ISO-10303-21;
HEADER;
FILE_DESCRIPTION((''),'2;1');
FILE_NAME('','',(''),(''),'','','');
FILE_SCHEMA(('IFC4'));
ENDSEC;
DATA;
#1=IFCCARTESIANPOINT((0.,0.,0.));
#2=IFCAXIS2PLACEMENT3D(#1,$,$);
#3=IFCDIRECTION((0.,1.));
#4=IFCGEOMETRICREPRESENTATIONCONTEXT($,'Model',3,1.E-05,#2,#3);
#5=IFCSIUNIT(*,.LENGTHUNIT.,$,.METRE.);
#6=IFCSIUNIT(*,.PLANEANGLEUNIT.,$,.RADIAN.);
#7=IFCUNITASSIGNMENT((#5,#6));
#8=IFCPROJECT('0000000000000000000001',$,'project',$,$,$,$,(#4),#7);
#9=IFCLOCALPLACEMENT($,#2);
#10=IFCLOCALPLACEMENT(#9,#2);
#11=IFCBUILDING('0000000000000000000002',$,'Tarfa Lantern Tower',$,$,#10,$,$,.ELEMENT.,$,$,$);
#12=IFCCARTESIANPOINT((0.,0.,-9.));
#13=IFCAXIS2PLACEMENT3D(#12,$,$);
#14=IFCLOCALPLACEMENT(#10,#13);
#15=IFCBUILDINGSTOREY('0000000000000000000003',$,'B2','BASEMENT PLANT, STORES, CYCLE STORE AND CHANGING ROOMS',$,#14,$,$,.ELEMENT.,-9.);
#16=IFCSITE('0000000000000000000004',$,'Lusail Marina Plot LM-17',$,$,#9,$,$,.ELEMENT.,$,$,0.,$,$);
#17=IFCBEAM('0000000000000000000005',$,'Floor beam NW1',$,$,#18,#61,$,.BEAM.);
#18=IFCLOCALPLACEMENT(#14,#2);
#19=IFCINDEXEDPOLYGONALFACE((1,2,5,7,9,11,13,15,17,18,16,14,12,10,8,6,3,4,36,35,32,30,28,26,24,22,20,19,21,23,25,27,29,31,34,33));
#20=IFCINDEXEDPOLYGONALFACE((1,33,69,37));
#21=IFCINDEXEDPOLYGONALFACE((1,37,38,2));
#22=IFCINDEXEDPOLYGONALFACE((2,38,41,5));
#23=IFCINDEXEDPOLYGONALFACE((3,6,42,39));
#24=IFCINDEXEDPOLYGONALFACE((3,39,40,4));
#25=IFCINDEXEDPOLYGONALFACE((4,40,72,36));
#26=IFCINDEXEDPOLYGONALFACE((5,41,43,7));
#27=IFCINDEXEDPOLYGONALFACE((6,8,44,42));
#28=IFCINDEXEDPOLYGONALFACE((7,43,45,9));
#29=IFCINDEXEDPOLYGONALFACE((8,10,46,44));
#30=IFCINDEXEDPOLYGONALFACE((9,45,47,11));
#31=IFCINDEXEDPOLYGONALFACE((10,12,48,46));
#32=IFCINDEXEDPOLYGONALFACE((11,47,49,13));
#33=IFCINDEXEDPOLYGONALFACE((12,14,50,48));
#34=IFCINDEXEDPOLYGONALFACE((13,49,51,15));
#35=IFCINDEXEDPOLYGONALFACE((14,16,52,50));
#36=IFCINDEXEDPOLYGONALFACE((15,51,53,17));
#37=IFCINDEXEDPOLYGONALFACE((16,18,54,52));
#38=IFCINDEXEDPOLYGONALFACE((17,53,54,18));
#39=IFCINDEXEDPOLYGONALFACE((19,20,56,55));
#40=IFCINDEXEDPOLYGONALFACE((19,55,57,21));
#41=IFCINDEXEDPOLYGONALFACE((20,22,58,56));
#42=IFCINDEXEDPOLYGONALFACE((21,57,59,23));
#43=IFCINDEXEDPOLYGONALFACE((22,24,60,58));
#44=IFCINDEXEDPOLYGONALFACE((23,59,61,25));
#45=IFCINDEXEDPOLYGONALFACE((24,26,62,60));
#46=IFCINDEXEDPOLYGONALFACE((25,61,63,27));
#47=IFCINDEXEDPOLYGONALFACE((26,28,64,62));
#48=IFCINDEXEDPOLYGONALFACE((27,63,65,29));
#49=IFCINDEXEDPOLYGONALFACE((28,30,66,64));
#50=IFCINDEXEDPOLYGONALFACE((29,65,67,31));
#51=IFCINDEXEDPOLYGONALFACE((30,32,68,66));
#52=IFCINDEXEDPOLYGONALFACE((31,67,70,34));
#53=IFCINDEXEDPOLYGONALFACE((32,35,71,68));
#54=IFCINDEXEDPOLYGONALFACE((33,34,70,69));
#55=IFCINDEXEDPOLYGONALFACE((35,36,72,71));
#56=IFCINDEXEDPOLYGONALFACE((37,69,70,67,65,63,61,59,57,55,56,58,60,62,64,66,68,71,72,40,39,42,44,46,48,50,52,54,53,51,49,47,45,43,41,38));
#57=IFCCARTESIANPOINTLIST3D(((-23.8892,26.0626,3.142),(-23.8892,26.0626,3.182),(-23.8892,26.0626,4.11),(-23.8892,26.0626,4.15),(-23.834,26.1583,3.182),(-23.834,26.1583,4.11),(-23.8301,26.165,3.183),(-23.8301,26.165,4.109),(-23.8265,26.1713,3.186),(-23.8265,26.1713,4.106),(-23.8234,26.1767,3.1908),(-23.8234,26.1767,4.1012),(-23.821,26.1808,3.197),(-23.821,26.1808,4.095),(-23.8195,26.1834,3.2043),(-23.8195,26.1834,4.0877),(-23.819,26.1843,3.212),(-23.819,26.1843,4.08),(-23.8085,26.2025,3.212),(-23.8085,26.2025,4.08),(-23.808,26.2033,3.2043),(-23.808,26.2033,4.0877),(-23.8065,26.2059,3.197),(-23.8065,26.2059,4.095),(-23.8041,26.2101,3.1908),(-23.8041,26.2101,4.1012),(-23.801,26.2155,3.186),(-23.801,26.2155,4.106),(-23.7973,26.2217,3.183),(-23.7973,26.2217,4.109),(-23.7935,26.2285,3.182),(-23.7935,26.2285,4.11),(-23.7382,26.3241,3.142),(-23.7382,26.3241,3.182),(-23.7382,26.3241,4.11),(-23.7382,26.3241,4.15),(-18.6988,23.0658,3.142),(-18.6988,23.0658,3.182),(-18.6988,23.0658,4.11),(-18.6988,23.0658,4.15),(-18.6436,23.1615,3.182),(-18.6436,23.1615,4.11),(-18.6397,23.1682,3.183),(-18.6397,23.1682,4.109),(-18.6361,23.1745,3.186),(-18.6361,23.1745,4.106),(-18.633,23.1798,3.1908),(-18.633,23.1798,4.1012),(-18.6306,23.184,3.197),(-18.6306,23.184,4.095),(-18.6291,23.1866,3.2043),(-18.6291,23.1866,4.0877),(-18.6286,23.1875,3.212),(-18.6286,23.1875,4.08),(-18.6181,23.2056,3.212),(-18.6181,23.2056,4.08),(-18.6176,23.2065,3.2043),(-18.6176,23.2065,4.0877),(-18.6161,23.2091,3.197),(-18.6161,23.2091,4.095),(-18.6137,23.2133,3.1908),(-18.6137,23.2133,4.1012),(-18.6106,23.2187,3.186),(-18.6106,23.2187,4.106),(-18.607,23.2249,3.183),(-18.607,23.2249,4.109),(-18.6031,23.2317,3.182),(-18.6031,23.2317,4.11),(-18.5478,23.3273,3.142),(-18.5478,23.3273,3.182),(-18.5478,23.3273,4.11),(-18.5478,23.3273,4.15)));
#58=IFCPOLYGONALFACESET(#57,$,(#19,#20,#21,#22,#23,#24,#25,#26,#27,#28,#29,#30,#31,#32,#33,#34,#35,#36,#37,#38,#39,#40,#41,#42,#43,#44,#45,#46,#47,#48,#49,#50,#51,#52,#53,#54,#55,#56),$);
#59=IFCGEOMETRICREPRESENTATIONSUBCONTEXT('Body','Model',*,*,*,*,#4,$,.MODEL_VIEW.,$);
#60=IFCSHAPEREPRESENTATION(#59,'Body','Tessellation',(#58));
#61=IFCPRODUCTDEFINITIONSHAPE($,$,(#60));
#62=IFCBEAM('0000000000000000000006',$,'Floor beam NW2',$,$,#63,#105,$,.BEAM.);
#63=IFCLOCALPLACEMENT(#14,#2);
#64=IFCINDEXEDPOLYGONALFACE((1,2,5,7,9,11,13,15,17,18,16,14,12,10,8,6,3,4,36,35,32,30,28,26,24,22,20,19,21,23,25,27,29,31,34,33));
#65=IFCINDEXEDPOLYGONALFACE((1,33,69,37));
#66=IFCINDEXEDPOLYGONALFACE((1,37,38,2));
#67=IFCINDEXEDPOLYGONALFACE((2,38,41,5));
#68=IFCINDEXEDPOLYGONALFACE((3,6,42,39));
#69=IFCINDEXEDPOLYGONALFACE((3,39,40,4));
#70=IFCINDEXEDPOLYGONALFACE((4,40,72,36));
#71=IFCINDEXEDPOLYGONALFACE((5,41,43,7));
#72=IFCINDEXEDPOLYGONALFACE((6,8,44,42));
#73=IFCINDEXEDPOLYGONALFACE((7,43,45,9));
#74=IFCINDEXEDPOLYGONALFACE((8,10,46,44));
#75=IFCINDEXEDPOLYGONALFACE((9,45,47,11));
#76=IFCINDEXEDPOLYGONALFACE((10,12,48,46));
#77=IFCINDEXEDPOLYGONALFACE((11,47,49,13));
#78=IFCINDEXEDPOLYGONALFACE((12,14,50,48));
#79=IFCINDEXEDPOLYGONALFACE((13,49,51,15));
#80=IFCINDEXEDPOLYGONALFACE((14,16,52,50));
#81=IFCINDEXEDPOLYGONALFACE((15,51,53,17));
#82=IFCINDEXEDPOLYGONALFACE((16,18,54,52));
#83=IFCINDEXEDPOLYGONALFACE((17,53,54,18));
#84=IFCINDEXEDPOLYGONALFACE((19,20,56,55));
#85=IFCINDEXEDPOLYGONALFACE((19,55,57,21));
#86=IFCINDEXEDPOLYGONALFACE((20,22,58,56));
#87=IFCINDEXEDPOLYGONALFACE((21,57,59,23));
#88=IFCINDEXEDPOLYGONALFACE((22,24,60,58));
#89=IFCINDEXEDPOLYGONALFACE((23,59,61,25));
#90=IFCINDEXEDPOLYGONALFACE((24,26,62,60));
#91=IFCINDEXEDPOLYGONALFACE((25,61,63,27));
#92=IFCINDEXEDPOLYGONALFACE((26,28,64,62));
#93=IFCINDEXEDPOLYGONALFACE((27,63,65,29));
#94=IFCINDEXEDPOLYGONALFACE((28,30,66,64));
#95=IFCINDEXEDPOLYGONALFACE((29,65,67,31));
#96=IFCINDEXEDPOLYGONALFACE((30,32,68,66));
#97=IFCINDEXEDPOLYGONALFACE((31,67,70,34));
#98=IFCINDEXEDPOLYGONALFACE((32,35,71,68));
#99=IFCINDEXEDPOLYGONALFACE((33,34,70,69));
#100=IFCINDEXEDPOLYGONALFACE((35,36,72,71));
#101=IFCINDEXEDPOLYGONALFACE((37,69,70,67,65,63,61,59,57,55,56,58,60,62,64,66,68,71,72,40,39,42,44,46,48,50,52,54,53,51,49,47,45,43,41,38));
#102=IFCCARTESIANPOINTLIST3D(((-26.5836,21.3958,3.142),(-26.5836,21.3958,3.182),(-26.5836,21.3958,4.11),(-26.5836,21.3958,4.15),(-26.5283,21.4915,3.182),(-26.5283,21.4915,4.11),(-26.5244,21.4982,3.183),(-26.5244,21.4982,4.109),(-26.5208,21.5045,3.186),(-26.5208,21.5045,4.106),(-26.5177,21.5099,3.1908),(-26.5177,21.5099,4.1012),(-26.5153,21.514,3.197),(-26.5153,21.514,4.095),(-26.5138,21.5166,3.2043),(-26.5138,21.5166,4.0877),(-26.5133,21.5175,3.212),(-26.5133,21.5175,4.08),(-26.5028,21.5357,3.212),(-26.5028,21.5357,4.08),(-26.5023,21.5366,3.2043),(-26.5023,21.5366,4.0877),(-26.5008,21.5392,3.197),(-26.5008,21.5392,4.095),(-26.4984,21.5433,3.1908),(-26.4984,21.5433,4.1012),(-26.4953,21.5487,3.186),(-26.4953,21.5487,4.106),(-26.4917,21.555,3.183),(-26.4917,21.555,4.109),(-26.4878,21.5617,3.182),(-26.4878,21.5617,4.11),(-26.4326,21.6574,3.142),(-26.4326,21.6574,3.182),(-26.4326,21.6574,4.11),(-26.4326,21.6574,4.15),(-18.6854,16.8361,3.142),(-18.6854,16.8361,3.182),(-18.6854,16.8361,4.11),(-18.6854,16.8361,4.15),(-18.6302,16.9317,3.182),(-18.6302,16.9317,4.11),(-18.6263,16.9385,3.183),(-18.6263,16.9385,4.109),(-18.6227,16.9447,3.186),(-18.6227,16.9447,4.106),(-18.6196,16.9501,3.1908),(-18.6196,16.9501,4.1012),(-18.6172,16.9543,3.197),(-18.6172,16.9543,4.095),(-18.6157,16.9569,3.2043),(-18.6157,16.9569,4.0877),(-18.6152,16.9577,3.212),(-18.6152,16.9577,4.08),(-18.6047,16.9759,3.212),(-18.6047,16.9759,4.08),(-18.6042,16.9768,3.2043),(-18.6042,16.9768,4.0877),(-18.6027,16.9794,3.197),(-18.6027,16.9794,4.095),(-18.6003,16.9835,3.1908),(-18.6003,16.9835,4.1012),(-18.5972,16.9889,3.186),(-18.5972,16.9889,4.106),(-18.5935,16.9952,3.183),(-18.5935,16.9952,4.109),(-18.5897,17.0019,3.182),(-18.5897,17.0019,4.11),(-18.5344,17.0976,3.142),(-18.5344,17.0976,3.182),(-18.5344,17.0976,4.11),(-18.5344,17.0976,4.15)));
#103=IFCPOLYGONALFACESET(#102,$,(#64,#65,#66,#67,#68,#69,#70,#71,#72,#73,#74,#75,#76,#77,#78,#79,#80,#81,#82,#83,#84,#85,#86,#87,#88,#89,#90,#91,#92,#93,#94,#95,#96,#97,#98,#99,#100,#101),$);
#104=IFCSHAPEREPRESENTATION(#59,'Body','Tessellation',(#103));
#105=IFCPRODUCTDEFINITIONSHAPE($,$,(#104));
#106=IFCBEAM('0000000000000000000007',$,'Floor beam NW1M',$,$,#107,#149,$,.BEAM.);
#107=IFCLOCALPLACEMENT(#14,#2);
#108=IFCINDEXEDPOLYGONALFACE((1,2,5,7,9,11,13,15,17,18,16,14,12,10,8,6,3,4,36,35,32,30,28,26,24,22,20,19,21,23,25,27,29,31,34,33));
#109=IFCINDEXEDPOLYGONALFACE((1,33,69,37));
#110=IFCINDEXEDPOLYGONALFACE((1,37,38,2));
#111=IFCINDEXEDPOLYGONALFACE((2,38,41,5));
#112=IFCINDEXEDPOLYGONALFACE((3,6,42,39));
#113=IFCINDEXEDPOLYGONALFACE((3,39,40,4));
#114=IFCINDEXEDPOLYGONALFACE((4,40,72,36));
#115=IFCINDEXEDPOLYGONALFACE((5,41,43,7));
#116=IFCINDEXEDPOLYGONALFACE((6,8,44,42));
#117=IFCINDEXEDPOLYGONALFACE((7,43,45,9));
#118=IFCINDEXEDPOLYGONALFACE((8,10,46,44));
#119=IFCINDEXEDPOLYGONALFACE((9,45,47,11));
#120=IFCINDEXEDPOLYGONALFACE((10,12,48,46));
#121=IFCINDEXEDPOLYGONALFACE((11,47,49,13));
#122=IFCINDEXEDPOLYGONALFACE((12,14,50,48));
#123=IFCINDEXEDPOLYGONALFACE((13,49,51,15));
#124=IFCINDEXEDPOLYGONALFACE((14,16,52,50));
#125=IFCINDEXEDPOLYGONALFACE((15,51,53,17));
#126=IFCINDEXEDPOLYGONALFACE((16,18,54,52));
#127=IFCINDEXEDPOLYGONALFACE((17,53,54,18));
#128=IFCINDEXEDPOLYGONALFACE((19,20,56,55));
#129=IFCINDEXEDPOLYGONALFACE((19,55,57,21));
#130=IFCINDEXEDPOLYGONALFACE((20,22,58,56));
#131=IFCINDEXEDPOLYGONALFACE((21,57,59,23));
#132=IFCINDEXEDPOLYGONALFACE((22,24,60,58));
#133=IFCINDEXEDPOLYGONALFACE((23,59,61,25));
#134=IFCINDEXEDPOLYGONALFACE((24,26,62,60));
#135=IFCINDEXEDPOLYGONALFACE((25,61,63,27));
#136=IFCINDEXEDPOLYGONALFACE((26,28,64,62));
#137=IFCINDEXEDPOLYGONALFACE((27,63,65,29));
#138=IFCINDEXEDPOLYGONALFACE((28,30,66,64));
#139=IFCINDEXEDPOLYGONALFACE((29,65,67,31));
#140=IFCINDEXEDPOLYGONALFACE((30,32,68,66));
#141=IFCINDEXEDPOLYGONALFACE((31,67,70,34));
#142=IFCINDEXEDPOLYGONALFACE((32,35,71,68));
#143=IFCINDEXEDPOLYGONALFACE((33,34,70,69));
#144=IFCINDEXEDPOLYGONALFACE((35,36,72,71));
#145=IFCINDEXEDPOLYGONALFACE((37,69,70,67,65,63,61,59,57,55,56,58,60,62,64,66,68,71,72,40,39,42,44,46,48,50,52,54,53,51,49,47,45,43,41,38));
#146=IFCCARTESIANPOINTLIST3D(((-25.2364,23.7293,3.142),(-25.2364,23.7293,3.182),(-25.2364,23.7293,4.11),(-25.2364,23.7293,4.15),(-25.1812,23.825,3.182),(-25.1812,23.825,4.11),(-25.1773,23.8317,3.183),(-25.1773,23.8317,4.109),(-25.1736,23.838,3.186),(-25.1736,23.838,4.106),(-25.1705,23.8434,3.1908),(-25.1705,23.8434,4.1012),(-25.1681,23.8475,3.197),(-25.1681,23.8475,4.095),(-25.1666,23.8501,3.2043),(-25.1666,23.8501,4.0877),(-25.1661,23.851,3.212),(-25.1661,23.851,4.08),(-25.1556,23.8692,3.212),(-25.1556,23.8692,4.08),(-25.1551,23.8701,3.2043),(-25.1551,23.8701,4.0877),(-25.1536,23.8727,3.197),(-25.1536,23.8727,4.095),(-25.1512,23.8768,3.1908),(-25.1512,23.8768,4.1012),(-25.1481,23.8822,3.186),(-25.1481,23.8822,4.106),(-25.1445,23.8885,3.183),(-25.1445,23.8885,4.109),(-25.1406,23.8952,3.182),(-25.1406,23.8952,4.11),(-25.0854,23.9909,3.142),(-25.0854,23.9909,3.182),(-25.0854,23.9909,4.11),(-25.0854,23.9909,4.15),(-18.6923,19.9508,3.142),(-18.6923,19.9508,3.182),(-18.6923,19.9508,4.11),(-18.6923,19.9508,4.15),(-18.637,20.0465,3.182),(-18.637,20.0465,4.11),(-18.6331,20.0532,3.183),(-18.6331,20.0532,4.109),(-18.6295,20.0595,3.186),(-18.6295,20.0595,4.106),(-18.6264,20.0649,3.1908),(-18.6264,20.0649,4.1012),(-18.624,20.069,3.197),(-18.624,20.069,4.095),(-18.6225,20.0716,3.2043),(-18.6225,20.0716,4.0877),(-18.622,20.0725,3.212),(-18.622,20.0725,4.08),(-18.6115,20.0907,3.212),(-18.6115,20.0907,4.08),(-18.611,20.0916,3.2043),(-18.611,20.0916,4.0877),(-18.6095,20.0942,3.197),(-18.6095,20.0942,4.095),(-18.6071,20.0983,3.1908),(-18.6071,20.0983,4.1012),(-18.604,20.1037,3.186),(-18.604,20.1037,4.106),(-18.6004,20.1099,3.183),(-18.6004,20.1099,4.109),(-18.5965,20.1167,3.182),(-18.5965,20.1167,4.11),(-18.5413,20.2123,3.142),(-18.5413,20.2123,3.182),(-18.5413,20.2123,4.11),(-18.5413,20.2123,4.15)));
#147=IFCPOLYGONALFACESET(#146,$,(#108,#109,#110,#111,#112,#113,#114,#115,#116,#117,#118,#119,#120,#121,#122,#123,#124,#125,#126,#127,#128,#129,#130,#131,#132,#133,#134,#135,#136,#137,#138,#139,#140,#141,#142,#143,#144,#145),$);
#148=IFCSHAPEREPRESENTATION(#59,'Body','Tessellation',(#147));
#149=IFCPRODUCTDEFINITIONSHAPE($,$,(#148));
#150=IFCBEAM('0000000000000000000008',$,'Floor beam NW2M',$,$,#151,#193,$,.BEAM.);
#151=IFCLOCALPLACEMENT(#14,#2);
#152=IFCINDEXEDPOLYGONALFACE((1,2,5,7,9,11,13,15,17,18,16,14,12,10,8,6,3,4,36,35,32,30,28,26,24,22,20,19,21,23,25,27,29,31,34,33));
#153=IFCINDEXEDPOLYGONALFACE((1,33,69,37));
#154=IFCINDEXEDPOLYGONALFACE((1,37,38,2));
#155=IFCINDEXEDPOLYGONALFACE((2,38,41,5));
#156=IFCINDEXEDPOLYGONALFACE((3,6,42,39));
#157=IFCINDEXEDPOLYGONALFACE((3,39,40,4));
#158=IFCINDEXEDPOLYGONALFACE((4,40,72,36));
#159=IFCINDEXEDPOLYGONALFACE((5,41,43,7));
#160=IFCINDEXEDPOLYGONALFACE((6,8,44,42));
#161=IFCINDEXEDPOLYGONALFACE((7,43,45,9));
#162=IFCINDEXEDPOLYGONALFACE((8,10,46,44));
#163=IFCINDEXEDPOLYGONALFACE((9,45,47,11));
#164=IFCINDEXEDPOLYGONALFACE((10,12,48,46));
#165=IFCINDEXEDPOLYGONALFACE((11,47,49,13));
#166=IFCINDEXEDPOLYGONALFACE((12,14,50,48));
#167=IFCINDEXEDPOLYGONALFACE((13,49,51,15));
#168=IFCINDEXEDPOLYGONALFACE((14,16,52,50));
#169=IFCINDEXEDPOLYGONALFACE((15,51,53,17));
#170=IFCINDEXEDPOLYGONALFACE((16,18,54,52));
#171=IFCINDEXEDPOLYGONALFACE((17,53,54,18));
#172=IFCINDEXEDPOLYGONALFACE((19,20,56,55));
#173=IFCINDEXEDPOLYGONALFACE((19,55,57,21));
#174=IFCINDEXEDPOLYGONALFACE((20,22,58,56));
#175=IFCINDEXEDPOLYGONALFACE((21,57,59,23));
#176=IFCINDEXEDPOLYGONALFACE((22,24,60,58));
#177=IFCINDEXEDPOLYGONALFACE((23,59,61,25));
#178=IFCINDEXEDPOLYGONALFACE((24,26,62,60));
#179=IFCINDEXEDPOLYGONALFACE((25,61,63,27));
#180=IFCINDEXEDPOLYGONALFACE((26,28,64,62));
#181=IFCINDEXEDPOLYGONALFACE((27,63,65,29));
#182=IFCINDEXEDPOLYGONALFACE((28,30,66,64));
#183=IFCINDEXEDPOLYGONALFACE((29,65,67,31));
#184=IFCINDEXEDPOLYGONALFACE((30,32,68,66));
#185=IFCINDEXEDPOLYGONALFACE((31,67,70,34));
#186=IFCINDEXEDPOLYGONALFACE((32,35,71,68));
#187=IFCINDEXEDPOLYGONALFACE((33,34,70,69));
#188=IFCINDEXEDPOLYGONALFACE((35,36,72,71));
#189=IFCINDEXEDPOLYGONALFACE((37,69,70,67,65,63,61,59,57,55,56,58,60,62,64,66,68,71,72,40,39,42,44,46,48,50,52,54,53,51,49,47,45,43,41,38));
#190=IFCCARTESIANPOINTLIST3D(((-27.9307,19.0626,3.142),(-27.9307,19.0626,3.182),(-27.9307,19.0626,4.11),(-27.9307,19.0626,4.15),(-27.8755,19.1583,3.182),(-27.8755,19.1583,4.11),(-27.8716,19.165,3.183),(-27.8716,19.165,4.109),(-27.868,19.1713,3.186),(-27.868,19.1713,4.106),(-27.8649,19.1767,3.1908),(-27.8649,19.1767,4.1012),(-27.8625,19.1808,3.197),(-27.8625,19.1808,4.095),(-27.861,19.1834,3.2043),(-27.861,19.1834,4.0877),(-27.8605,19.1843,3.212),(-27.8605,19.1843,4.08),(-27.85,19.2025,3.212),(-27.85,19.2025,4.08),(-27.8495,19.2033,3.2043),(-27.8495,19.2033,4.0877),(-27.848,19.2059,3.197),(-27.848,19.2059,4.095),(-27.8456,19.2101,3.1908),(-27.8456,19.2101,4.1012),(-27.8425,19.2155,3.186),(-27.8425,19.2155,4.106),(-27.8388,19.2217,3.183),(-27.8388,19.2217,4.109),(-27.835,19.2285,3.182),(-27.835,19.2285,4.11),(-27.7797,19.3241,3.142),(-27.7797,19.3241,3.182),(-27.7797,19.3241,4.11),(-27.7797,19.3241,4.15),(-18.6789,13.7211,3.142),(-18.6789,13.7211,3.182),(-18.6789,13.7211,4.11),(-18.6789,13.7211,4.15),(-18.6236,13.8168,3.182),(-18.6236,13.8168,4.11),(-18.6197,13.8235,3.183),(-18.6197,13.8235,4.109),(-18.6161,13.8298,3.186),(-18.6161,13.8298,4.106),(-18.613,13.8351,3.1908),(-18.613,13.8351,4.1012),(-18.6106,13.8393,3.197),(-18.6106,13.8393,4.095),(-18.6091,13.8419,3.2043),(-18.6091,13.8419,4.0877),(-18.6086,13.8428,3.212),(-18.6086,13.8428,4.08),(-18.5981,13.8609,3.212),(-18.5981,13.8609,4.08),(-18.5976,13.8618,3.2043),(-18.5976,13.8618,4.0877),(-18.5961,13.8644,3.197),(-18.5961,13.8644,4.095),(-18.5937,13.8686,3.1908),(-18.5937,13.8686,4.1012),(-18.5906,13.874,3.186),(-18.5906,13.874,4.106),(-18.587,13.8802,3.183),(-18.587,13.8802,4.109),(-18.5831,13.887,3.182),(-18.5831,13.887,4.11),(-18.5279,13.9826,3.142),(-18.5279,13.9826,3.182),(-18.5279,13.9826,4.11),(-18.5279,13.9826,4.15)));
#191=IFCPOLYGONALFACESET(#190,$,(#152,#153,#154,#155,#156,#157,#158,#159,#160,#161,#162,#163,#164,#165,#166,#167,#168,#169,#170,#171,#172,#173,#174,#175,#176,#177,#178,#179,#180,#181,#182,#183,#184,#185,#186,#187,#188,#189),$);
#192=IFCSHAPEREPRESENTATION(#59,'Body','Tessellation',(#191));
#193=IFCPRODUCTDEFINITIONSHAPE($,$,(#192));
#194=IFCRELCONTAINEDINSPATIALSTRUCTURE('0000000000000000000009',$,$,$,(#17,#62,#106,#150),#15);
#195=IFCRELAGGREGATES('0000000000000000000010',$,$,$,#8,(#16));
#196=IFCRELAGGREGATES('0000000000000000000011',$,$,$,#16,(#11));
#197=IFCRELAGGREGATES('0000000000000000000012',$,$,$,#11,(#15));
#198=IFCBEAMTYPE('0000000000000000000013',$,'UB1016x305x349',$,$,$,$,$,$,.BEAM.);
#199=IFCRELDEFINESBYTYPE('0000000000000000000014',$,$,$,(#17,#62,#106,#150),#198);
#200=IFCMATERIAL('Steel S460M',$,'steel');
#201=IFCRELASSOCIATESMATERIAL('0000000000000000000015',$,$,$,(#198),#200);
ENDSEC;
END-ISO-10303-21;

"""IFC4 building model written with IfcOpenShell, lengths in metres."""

from ifc_helpers import new_model, si_unit, direction, frame, origin, origin_2d, place, context, subcontext, project, spatial, i_section, extrude, material, material_profile, profile_set, type_object, element, save


model = new_model("IFC4")

# Units and contexts
model_context = context("Model", 3, precision=1e-05, world=origin(), true_north=direction((0.0, 1.0)))
body_context = subcontext(model_context, "Body", "Model", "MODEL_VIEW")
ifc_project = project(units=[si_unit("LENGTHUNIT", "METRE"), si_unit("PLANEANGLEUNIT", "RADIAN")], contexts=[model_context])

# Site, building, storey
site_placement = place(None, origin())
site = spatial("IfcSite", under=ifc_project, at=site_placement, Name="Lusail Marina Plot LM-17", CompositionType="ELEMENT", RefElevation=0.0)
building_placement = place(site_placement, origin())
building = spatial("IfcBuilding", under=site, at=building_placement, Name="Tarfa Lantern Tower", CompositionType="ELEMENT")
storey_placement = place(building_placement, frame((0.0, 0.0, -9.0)))
storey = spatial("IfcBuildingStorey", under=building, at=storey_placement, Name="B2", Description="BASEMENT PLANT, STORES, CYCLE STORE AND CHANGING ROOMS", CompositionType="ELEMENT", Elevation=-9.0)

# Beams
ifc_material_1 = material(Name="Steel S460M", Category="steel")
ifc_material_profile_1 = material_profile(ifc_material_1, i_section(OverallWidth=0.302, OverallDepth=1.0081, WebThickness=0.021, FlangeThickness=0.04, FilletRadius=0.03, at=origin_2d()), Name="UB1016x305x349")
ifc_profile_set_1 = profile_set([ifc_material_profile_1], Name="Steel S460M")
beam_type_1 = type_object("IfcBeamType", Name="UB1016x305x349", PredefinedType="BEAM", material=ifc_profile_set_1)
beam_1_placement = place(storey_placement, frame((-23.8137, 26.1934, 3.646), z_axis=(0.866016, -0.500016, 0.0), x_axis=(0.500016, 0.866016, 0.0)))
element("IfcBeam", 1, at=beam_1_placement, inside=storey, type_object=beam_type_1, Name="Floor beam NW1", PredefinedType="BEAM", context=body_context, shape_type="SweptSolid", body=[
    extrude(i_section(OverallWidth=0.302, OverallDepth=1.0081, WebThickness=0.021, FlangeThickness=0.04, FilletRadius=0.03, at=origin_2d()), origin(), (0.0, 0.0, 1.0), 5.9934),
])
beam_2_placement = place(storey_placement, frame((-26.5081, 21.5266, 3.646), z_axis=(0.866035, -0.499983, 0.0), x_axis=(0.499983, 0.866035, 0.0)))
element("IfcBeam", 2, at=beam_2_placement, inside=storey, type_object=beam_type_1, Name="Floor beam NW2", PredefinedType="BEAM", context=body_context, shape_type="SweptSolid", body=[
    extrude(i_section(OverallWidth=0.302, OverallDepth=1.0081, WebThickness=0.021, FlangeThickness=0.04, FilletRadius=0.03, at=origin_2d()), origin(), (0.0, 0.0, 1.0), 9.1199),
])
beam_3_placement = place(storey_placement, frame((-25.1609, 23.8601, 3.646), z_axis=(0.86601, -0.500027, 0.0), x_axis=(0.500027, 0.86601, 0.0)))
element("IfcBeam", 3, at=beam_3_placement, inside=storey, type_object=beam_type_1, Name="Floor beam NW1M", PredefinedType="BEAM", context=body_context, shape_type="SweptSolid", body=[
    extrude(i_section(OverallWidth=0.302, OverallDepth=1.0081, WebThickness=0.021, FlangeThickness=0.04, FilletRadius=0.03, at=origin_2d()), origin(), (0.0, 0.0, 1.0), 7.5566),
])
beam_4_placement = place(storey_placement, frame((-27.8552, 19.1934, 3.646), z_axis=(0.866028, -0.499995, 0.0), x_axis=(0.499995, 0.866028, 0.0)))
element("IfcBeam", 4, at=beam_4_placement, inside=storey, type_object=beam_type_1, Name="Floor beam NW2M", PredefinedType="BEAM", context=body_context, shape_type="SweptSolid", body=[
    extrude(i_section(OverallWidth=0.302, OverallDepth=1.0081, WebThickness=0.021, FlangeThickness=0.04, FilletRadius=0.03, at=origin_2d()), origin(), (0.0, 0.0, 1.0), 10.6831),
])

save(model, "model.ifc")
